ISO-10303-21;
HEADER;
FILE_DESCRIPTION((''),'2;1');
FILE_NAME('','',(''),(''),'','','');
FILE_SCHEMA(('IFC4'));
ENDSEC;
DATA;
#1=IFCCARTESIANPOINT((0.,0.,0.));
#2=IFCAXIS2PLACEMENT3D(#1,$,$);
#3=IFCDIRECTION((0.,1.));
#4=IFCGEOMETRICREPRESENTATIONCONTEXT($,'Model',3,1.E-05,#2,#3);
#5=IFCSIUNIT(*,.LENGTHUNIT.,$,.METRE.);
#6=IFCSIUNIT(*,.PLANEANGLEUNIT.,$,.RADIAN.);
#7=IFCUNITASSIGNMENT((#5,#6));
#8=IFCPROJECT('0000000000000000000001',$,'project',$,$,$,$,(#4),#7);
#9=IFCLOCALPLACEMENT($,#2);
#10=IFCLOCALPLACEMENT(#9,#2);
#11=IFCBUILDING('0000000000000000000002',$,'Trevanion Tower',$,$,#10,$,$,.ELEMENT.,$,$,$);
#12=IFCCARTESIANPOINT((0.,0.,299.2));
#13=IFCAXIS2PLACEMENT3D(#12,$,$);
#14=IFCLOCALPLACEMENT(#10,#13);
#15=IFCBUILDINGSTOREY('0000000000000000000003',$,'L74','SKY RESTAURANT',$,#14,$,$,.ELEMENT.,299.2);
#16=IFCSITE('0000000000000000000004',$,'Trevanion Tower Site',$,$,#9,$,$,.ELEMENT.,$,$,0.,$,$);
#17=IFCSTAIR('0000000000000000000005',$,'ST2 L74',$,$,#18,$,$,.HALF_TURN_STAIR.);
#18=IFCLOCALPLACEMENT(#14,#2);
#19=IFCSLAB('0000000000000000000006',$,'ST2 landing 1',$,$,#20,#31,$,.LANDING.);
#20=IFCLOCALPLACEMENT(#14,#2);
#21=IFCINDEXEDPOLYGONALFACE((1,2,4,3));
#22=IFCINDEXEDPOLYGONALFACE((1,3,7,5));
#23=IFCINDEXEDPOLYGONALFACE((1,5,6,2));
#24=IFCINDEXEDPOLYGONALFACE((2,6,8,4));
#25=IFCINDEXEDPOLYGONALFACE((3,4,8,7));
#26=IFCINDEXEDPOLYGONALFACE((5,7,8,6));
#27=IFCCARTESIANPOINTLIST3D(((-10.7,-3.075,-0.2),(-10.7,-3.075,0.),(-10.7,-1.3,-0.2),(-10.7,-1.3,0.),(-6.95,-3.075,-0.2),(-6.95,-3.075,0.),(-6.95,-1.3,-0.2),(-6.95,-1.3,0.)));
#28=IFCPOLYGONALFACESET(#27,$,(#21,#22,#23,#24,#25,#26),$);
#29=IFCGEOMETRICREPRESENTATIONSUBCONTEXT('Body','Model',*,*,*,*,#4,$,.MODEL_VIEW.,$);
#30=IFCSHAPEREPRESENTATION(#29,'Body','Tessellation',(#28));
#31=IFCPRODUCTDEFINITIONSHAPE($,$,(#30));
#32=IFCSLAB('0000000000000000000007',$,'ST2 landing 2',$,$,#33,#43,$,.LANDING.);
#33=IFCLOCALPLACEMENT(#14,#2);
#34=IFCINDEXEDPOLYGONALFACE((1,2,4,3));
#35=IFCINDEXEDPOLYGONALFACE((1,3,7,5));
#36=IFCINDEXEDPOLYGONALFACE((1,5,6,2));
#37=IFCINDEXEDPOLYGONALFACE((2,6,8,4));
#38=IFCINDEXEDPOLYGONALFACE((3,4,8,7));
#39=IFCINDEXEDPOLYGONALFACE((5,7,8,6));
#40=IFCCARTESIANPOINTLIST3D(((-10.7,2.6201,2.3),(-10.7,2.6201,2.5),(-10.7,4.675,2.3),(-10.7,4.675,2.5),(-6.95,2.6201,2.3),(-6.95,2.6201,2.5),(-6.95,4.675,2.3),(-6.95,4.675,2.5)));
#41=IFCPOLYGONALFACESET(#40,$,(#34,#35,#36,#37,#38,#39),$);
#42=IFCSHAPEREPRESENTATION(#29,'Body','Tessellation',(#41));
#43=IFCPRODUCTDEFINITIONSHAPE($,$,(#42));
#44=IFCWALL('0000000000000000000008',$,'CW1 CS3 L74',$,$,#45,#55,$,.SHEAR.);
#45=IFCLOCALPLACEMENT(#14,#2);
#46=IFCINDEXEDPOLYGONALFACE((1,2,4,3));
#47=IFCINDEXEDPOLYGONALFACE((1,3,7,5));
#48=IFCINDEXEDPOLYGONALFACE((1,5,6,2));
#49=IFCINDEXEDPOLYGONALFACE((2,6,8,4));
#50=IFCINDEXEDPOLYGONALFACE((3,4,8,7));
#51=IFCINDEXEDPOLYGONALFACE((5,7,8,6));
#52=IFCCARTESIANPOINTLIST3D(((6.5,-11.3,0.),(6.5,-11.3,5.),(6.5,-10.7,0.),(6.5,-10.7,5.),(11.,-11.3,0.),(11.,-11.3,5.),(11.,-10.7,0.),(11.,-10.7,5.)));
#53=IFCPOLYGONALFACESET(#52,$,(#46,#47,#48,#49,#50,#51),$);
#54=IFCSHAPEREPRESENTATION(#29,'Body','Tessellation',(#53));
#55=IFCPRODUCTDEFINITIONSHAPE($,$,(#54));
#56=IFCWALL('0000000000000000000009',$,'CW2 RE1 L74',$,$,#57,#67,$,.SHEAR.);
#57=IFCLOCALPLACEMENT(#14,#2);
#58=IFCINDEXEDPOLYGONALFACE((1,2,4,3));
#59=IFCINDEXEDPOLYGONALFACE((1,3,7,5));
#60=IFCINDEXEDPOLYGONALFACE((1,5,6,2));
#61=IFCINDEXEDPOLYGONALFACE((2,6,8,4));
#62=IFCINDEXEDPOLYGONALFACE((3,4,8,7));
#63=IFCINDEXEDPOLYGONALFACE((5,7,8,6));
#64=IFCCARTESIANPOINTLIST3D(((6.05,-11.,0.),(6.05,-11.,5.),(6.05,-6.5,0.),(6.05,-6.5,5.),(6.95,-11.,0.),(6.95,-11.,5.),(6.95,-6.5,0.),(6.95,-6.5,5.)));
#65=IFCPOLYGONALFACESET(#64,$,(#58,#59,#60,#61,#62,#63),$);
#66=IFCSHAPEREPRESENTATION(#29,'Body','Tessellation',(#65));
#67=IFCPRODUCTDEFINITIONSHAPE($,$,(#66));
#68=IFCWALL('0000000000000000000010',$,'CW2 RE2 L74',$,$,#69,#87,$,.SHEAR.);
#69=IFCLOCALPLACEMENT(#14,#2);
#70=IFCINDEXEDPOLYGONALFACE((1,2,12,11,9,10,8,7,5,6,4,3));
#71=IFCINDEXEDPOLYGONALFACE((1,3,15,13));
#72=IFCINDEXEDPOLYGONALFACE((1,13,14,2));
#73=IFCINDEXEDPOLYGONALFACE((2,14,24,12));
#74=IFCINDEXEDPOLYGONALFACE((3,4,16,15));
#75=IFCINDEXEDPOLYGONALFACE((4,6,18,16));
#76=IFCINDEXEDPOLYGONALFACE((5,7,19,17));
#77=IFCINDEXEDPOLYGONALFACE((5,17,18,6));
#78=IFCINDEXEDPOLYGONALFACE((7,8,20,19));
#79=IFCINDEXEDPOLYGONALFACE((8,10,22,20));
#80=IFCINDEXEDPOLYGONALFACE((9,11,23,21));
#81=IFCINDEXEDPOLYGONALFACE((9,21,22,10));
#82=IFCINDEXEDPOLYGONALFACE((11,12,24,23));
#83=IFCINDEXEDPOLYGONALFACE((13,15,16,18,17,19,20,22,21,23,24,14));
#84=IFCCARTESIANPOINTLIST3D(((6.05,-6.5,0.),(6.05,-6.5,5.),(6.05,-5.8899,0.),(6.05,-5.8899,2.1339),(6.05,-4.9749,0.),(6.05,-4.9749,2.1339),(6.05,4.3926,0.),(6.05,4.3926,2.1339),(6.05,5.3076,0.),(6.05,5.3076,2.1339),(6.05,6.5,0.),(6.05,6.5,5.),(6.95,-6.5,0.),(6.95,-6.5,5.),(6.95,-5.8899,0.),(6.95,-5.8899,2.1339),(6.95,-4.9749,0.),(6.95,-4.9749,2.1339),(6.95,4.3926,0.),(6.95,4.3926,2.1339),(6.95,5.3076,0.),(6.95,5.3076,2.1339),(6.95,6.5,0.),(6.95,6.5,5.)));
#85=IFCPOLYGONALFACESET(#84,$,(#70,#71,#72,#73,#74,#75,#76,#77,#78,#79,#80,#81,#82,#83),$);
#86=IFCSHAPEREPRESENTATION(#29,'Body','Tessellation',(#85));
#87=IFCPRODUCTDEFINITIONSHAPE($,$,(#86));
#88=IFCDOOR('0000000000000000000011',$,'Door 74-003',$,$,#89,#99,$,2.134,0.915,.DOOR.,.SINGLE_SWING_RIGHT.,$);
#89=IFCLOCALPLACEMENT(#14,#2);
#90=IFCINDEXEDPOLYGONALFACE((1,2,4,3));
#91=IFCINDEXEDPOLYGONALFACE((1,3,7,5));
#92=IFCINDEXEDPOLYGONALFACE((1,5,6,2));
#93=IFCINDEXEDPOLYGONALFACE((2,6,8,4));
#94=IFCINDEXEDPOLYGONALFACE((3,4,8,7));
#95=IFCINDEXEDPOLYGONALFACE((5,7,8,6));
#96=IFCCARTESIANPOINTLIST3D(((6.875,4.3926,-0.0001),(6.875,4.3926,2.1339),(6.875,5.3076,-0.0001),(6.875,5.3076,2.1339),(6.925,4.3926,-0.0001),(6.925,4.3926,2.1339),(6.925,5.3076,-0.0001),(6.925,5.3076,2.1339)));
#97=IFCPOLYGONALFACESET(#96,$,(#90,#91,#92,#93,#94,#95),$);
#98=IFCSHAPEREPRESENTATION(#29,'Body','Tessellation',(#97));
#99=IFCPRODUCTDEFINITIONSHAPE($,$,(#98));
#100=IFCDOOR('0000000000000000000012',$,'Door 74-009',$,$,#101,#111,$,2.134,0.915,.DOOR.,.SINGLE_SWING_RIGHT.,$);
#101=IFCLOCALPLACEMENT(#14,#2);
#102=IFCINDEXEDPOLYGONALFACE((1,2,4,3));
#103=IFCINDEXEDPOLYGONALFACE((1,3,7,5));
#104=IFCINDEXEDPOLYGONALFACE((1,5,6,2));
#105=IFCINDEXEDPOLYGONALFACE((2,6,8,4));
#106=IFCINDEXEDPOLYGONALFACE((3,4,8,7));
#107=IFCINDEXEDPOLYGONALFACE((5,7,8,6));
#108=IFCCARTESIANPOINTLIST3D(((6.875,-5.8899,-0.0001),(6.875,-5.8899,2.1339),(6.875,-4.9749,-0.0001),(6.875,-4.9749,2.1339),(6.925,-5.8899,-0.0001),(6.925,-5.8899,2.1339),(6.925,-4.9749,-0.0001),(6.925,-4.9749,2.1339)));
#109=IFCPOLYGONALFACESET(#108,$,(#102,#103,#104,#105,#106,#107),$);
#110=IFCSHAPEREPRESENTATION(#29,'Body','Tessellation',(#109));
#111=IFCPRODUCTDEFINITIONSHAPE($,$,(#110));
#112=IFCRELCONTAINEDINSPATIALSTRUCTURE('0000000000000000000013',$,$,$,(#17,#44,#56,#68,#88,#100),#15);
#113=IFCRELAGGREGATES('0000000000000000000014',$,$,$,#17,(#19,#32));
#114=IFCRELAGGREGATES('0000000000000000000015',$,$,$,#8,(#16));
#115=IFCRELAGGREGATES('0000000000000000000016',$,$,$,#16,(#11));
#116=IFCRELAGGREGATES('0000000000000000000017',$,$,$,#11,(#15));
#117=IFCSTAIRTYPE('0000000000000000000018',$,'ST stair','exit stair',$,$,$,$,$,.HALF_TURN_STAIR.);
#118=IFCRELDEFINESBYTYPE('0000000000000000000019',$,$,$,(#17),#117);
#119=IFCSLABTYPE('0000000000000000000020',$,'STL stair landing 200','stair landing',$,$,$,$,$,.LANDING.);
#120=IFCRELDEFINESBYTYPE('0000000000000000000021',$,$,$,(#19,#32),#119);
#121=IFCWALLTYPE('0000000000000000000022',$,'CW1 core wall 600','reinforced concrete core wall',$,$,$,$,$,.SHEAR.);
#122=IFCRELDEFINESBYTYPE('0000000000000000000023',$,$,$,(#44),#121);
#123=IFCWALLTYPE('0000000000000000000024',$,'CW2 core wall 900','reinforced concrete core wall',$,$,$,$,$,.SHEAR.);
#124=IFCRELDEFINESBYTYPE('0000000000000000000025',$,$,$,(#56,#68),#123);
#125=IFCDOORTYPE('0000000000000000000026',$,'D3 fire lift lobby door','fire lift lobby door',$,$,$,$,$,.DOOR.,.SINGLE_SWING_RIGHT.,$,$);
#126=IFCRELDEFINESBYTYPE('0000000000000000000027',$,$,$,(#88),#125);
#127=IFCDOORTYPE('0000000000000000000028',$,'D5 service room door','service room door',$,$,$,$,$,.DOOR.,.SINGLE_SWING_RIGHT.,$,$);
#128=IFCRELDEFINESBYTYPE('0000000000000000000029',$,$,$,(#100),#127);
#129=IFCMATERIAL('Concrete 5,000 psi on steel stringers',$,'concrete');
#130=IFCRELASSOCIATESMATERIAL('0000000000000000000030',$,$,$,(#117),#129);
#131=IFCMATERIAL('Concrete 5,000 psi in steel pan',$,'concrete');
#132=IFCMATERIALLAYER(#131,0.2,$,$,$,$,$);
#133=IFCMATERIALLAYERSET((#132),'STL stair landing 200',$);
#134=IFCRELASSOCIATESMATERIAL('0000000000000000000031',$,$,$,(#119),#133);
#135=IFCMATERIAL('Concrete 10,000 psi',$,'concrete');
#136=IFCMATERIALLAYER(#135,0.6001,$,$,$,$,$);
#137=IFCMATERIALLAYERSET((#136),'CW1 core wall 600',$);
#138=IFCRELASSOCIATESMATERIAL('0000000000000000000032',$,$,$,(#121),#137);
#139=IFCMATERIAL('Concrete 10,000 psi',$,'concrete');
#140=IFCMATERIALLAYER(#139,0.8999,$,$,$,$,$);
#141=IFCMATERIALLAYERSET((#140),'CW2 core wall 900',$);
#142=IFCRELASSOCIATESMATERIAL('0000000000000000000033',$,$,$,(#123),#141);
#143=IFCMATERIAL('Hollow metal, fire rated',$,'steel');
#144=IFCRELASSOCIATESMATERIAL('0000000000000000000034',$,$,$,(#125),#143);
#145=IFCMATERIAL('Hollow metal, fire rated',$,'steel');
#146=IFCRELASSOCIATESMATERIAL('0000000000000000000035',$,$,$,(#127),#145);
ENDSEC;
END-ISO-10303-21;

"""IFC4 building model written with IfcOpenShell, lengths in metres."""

from ifc_helpers import new_model, si_unit, direction, frame, frame_2d, origin, place, context, subcontext, project, spatial, polyline, rectangle, outline, extrude, material, layer, layer_set, type_object, element, fill, aggregate, save


model = new_model("IFC4")

# Units and contexts
model_context = context("Model", 3, precision=1e-05, world=origin(), true_north=direction((0.0, 1.0)))
body_context = subcontext(model_context, "Body", "Model", "MODEL_VIEW")
ifc_project = project(units=[si_unit("LENGTHUNIT", "METRE"), si_unit("PLANEANGLEUNIT", "RADIAN")], contexts=[model_context])

# Site, building, storey
site_placement = place(None, origin())
site = spatial("IfcSite", under=ifc_project, at=site_placement, Name="Trevanion Tower Site", CompositionType="ELEMENT", RefElevation=0.0)
building_placement = place(site_placement, origin())
building = spatial("IfcBuilding", under=site, at=building_placement, Name="Trevanion Tower", CompositionType="ELEMENT")
storey_placement = place(building_placement, frame((0.0, 0.0, 299.2)))
storey = spatial("IfcBuildingStorey", under=building, at=storey_placement, Name="L74", Description="SKY RESTAURANT", CompositionType="ELEMENT", Elevation=299.2)

# Stair, slabs
ifc_material_1 = material(Name="Concrete 5,000 psi on steel stringers", Category="concrete")
stair_type = type_object("IfcStairType", Name="ST stair", Description="exit stair", PredefinedType="HALF_TURN_STAIR", material=ifc_material_1)
ifc_material_2 = material(Name="Concrete 5,000 psi in steel pan", Category="concrete")
ifc_layer_1 = layer(ifc_material_2, 0.2)
ifc_layer_set_1 = layer_set([ifc_layer_1], Name="STL stair landing 200")
slab_type_1 = type_object("IfcSlabType", Name="STL stair landing 200", Description="stair landing", PredefinedType="LANDING", material=ifc_layer_set_1)
stair_1_placement = place(storey_placement, origin())
stair_1 = element("IfcStair", 1, at=stair_1_placement, inside=storey, type_object=stair_type, Name="ST2 L74", PredefinedType="HALF_TURN_STAIR")
slab_1_placement = place(storey_placement, frame((0.0, 0.0, -0.2)))
slab_1 = element("IfcSlab", 2, at=slab_1_placement, type_object=slab_type_1, Name="ST2 landing 1", PredefinedType="LANDING", context=body_context, shape_type="SweptSolid", body=[
    extrude(outline(polyline([(-6.95, -1.3), (-10.7, -1.3), (-10.7, -3.075), (-6.95, -3.075), (-6.95, -1.3)])), origin(), (0.0, 0.0, 1.0), 0.2),
])
slab_2_placement = place(storey_placement, frame((0.0, 0.0, 2.3)))
slab_2 = element("IfcSlab", 3, at=slab_2_placement, type_object=slab_type_1, Name="ST2 landing 2", PredefinedType="LANDING", context=body_context, shape_type="SweptSolid", body=[
    extrude(outline(polyline([(-6.95, 4.675), (-10.7, 4.675), (-10.7, 2.6201), (-6.95, 2.6201), (-6.95, 4.675)])), origin(), (0.0, 0.0, 1.0), 0.2),
])
aggregate(stair_1, [slab_1, slab_2])

# Walls
ifc_material_3 = material(Name="Concrete 10,000 psi", Category="concrete")
ifc_layer_2 = layer(ifc_material_3, 0.6001)
ifc_layer_set_2 = layer_set([ifc_layer_2], Name="CW1 core wall 600")
wall_type_1 = type_object("IfcWallType", Name="CW1 core wall 600", Description="reinforced concrete core wall", PredefinedType="SHEAR", material=ifc_layer_set_2)
wall_1_placement = place(storey_placement, frame((6.5, -11.0, 0.0), z_axis=(0.0, 0.0, 1.0), x_axis=(1.0, 0.0, 0.0)))
element("IfcWall", 4, at=wall_1_placement, inside=storey, type_object=wall_type_1, Name="CW1 CS3 L74", PredefinedType="SHEAR", context=body_context, shape_type="SweptSolid", body=[
    extrude(rectangle(XDim=4.5, YDim=0.6001, at=frame_2d((2.25, 0.0))), origin(), (0.0, 0.0, 1.0), 5.0),
])
ifc_material_4 = material(Name="Concrete 10,000 psi", Category="concrete")
ifc_layer_3 = layer(ifc_material_4, 0.8999)
ifc_layer_set_3 = layer_set([ifc_layer_3], Name="CW2 core wall 900")
wall_type_2 = type_object("IfcWallType", Name="CW2 core wall 900", Description="reinforced concrete core wall", PredefinedType="SHEAR", material=ifc_layer_set_3)
wall_2_placement = place(storey_placement, frame((6.5, -11.0, 0.0), z_axis=(0.0, 0.0, 1.0), x_axis=(0.0, 1.0, 0.0)))
element("IfcWall", 5, at=wall_2_placement, inside=storey, type_object=wall_type_2, Name="CW2 RE1 L74", PredefinedType="SHEAR", context=body_context, shape_type="SweptSolid", body=[
    extrude(rectangle(XDim=4.5, YDim=0.8999, at=frame_2d((2.25, 0.0))), origin(), (0.0, 0.0, 1.0), 5.0),
])

# Wall, openings, doors
wall_3_placement = place(storey_placement, frame((6.5, -6.5, 0.0), z_axis=(0.0, 0.0, 1.0), x_axis=(0.0, 1.0, 0.0)))
wall_3 = element("IfcWall", 6, at=wall_3_placement, inside=storey, type_object=wall_type_2, Name="CW2 RE2 L74", PredefinedType="SHEAR", context=body_context, shape_type="SweptSolid", body=[
    extrude(rectangle(XDim=13.0, YDim=0.8999, at=frame_2d((6.5, 0.0))), origin(), (0.0, 0.0, 1.0), 5.0),
])
opening_1_placement = place(wall_3_placement, frame((10.8926, 0.0, 0.0)))
opening_1 = element("IfcOpeningElement", 7, at=opening_1_placement, cuts=wall_3, PredefinedType="OPENING", context=body_context, shape_type="SweptSolid", body=[
    extrude(rectangle(XDim=0.915, YDim=2.134, at=frame_2d((0.4575, 1.0669))), frame((0.0, 0.46, 0.0), z_axis=(0.0, -1.0, 0.0), x_axis=(1.0, 0.0, 0.0)), (0.0, 0.0, 1.0), 0.9199),
])
opening_2_placement = place(wall_3_placement, frame((0.6101, 0.0, 0.0)))
opening_2 = element("IfcOpeningElement", 8, at=opening_2_placement, cuts=wall_3, PredefinedType="OPENING", context=body_context, shape_type="SweptSolid", body=[
    extrude(rectangle(XDim=0.915, YDim=2.134, at=frame_2d((0.4575, 1.0669))), frame((0.0, 0.46, 0.0), z_axis=(0.0, -1.0, 0.0), x_axis=(1.0, 0.0, 0.0)), (0.0, 0.0, 1.0), 0.9199),
])
ifc_material_5 = material(Name="Hollow metal, fire rated", Category="steel")
door_type_1 = type_object("IfcDoorType", Name="D3 fire lift lobby door", Description="fire lift lobby door", OperationType="SINGLE_SWING_RIGHT", PredefinedType="DOOR", material=ifc_material_5)
door_1_placement = place(opening_1_placement, origin())
door_1 = element("IfcDoor", 9, at=door_1_placement, inside=storey, type_object=door_type_1, Name="Door 74-003", OperationType="SINGLE_SWING_RIGHT", OverallHeight=2.134, OverallWidth=0.915, PredefinedType="DOOR", context=body_context, shape_type="SweptSolid", body=[
    extrude(rectangle(XDim=0.915, YDim=2.134, at=frame_2d((0.4575, 1.0669))), frame((0.0, -0.375, 0.0), z_axis=(0.0, -1.0, 0.0), x_axis=(1.0, 0.0, 0.0)), (0.0, 0.0, 1.0), 0.05),
])
fill(opening_1, door_1)
ifc_material_6 = material(Name="Hollow metal, fire rated", Category="steel")
door_type_2 = type_object("IfcDoorType", Name="D5 service room door", Description="service room door", OperationType="SINGLE_SWING_RIGHT", PredefinedType="DOOR", material=ifc_material_6)
door_2_placement = place(opening_2_placement, origin())
door_2 = element("IfcDoor", 10, at=door_2_placement, inside=storey, type_object=door_type_2, Name="Door 74-009", OperationType="SINGLE_SWING_RIGHT", OverallHeight=2.134, OverallWidth=0.915, PredefinedType="DOOR", context=body_context, shape_type="SweptSolid", body=[
    extrude(rectangle(XDim=0.915, YDim=2.134, at=frame_2d((0.4575, 1.0669))), frame((0.0, -0.375, 0.0), z_axis=(0.0, -1.0, 0.0), x_axis=(1.0, 0.0, 0.0)), (0.0, 0.0, 1.0), 0.05),
])
fill(opening_2, door_2)

save(model, "model.ifc")
